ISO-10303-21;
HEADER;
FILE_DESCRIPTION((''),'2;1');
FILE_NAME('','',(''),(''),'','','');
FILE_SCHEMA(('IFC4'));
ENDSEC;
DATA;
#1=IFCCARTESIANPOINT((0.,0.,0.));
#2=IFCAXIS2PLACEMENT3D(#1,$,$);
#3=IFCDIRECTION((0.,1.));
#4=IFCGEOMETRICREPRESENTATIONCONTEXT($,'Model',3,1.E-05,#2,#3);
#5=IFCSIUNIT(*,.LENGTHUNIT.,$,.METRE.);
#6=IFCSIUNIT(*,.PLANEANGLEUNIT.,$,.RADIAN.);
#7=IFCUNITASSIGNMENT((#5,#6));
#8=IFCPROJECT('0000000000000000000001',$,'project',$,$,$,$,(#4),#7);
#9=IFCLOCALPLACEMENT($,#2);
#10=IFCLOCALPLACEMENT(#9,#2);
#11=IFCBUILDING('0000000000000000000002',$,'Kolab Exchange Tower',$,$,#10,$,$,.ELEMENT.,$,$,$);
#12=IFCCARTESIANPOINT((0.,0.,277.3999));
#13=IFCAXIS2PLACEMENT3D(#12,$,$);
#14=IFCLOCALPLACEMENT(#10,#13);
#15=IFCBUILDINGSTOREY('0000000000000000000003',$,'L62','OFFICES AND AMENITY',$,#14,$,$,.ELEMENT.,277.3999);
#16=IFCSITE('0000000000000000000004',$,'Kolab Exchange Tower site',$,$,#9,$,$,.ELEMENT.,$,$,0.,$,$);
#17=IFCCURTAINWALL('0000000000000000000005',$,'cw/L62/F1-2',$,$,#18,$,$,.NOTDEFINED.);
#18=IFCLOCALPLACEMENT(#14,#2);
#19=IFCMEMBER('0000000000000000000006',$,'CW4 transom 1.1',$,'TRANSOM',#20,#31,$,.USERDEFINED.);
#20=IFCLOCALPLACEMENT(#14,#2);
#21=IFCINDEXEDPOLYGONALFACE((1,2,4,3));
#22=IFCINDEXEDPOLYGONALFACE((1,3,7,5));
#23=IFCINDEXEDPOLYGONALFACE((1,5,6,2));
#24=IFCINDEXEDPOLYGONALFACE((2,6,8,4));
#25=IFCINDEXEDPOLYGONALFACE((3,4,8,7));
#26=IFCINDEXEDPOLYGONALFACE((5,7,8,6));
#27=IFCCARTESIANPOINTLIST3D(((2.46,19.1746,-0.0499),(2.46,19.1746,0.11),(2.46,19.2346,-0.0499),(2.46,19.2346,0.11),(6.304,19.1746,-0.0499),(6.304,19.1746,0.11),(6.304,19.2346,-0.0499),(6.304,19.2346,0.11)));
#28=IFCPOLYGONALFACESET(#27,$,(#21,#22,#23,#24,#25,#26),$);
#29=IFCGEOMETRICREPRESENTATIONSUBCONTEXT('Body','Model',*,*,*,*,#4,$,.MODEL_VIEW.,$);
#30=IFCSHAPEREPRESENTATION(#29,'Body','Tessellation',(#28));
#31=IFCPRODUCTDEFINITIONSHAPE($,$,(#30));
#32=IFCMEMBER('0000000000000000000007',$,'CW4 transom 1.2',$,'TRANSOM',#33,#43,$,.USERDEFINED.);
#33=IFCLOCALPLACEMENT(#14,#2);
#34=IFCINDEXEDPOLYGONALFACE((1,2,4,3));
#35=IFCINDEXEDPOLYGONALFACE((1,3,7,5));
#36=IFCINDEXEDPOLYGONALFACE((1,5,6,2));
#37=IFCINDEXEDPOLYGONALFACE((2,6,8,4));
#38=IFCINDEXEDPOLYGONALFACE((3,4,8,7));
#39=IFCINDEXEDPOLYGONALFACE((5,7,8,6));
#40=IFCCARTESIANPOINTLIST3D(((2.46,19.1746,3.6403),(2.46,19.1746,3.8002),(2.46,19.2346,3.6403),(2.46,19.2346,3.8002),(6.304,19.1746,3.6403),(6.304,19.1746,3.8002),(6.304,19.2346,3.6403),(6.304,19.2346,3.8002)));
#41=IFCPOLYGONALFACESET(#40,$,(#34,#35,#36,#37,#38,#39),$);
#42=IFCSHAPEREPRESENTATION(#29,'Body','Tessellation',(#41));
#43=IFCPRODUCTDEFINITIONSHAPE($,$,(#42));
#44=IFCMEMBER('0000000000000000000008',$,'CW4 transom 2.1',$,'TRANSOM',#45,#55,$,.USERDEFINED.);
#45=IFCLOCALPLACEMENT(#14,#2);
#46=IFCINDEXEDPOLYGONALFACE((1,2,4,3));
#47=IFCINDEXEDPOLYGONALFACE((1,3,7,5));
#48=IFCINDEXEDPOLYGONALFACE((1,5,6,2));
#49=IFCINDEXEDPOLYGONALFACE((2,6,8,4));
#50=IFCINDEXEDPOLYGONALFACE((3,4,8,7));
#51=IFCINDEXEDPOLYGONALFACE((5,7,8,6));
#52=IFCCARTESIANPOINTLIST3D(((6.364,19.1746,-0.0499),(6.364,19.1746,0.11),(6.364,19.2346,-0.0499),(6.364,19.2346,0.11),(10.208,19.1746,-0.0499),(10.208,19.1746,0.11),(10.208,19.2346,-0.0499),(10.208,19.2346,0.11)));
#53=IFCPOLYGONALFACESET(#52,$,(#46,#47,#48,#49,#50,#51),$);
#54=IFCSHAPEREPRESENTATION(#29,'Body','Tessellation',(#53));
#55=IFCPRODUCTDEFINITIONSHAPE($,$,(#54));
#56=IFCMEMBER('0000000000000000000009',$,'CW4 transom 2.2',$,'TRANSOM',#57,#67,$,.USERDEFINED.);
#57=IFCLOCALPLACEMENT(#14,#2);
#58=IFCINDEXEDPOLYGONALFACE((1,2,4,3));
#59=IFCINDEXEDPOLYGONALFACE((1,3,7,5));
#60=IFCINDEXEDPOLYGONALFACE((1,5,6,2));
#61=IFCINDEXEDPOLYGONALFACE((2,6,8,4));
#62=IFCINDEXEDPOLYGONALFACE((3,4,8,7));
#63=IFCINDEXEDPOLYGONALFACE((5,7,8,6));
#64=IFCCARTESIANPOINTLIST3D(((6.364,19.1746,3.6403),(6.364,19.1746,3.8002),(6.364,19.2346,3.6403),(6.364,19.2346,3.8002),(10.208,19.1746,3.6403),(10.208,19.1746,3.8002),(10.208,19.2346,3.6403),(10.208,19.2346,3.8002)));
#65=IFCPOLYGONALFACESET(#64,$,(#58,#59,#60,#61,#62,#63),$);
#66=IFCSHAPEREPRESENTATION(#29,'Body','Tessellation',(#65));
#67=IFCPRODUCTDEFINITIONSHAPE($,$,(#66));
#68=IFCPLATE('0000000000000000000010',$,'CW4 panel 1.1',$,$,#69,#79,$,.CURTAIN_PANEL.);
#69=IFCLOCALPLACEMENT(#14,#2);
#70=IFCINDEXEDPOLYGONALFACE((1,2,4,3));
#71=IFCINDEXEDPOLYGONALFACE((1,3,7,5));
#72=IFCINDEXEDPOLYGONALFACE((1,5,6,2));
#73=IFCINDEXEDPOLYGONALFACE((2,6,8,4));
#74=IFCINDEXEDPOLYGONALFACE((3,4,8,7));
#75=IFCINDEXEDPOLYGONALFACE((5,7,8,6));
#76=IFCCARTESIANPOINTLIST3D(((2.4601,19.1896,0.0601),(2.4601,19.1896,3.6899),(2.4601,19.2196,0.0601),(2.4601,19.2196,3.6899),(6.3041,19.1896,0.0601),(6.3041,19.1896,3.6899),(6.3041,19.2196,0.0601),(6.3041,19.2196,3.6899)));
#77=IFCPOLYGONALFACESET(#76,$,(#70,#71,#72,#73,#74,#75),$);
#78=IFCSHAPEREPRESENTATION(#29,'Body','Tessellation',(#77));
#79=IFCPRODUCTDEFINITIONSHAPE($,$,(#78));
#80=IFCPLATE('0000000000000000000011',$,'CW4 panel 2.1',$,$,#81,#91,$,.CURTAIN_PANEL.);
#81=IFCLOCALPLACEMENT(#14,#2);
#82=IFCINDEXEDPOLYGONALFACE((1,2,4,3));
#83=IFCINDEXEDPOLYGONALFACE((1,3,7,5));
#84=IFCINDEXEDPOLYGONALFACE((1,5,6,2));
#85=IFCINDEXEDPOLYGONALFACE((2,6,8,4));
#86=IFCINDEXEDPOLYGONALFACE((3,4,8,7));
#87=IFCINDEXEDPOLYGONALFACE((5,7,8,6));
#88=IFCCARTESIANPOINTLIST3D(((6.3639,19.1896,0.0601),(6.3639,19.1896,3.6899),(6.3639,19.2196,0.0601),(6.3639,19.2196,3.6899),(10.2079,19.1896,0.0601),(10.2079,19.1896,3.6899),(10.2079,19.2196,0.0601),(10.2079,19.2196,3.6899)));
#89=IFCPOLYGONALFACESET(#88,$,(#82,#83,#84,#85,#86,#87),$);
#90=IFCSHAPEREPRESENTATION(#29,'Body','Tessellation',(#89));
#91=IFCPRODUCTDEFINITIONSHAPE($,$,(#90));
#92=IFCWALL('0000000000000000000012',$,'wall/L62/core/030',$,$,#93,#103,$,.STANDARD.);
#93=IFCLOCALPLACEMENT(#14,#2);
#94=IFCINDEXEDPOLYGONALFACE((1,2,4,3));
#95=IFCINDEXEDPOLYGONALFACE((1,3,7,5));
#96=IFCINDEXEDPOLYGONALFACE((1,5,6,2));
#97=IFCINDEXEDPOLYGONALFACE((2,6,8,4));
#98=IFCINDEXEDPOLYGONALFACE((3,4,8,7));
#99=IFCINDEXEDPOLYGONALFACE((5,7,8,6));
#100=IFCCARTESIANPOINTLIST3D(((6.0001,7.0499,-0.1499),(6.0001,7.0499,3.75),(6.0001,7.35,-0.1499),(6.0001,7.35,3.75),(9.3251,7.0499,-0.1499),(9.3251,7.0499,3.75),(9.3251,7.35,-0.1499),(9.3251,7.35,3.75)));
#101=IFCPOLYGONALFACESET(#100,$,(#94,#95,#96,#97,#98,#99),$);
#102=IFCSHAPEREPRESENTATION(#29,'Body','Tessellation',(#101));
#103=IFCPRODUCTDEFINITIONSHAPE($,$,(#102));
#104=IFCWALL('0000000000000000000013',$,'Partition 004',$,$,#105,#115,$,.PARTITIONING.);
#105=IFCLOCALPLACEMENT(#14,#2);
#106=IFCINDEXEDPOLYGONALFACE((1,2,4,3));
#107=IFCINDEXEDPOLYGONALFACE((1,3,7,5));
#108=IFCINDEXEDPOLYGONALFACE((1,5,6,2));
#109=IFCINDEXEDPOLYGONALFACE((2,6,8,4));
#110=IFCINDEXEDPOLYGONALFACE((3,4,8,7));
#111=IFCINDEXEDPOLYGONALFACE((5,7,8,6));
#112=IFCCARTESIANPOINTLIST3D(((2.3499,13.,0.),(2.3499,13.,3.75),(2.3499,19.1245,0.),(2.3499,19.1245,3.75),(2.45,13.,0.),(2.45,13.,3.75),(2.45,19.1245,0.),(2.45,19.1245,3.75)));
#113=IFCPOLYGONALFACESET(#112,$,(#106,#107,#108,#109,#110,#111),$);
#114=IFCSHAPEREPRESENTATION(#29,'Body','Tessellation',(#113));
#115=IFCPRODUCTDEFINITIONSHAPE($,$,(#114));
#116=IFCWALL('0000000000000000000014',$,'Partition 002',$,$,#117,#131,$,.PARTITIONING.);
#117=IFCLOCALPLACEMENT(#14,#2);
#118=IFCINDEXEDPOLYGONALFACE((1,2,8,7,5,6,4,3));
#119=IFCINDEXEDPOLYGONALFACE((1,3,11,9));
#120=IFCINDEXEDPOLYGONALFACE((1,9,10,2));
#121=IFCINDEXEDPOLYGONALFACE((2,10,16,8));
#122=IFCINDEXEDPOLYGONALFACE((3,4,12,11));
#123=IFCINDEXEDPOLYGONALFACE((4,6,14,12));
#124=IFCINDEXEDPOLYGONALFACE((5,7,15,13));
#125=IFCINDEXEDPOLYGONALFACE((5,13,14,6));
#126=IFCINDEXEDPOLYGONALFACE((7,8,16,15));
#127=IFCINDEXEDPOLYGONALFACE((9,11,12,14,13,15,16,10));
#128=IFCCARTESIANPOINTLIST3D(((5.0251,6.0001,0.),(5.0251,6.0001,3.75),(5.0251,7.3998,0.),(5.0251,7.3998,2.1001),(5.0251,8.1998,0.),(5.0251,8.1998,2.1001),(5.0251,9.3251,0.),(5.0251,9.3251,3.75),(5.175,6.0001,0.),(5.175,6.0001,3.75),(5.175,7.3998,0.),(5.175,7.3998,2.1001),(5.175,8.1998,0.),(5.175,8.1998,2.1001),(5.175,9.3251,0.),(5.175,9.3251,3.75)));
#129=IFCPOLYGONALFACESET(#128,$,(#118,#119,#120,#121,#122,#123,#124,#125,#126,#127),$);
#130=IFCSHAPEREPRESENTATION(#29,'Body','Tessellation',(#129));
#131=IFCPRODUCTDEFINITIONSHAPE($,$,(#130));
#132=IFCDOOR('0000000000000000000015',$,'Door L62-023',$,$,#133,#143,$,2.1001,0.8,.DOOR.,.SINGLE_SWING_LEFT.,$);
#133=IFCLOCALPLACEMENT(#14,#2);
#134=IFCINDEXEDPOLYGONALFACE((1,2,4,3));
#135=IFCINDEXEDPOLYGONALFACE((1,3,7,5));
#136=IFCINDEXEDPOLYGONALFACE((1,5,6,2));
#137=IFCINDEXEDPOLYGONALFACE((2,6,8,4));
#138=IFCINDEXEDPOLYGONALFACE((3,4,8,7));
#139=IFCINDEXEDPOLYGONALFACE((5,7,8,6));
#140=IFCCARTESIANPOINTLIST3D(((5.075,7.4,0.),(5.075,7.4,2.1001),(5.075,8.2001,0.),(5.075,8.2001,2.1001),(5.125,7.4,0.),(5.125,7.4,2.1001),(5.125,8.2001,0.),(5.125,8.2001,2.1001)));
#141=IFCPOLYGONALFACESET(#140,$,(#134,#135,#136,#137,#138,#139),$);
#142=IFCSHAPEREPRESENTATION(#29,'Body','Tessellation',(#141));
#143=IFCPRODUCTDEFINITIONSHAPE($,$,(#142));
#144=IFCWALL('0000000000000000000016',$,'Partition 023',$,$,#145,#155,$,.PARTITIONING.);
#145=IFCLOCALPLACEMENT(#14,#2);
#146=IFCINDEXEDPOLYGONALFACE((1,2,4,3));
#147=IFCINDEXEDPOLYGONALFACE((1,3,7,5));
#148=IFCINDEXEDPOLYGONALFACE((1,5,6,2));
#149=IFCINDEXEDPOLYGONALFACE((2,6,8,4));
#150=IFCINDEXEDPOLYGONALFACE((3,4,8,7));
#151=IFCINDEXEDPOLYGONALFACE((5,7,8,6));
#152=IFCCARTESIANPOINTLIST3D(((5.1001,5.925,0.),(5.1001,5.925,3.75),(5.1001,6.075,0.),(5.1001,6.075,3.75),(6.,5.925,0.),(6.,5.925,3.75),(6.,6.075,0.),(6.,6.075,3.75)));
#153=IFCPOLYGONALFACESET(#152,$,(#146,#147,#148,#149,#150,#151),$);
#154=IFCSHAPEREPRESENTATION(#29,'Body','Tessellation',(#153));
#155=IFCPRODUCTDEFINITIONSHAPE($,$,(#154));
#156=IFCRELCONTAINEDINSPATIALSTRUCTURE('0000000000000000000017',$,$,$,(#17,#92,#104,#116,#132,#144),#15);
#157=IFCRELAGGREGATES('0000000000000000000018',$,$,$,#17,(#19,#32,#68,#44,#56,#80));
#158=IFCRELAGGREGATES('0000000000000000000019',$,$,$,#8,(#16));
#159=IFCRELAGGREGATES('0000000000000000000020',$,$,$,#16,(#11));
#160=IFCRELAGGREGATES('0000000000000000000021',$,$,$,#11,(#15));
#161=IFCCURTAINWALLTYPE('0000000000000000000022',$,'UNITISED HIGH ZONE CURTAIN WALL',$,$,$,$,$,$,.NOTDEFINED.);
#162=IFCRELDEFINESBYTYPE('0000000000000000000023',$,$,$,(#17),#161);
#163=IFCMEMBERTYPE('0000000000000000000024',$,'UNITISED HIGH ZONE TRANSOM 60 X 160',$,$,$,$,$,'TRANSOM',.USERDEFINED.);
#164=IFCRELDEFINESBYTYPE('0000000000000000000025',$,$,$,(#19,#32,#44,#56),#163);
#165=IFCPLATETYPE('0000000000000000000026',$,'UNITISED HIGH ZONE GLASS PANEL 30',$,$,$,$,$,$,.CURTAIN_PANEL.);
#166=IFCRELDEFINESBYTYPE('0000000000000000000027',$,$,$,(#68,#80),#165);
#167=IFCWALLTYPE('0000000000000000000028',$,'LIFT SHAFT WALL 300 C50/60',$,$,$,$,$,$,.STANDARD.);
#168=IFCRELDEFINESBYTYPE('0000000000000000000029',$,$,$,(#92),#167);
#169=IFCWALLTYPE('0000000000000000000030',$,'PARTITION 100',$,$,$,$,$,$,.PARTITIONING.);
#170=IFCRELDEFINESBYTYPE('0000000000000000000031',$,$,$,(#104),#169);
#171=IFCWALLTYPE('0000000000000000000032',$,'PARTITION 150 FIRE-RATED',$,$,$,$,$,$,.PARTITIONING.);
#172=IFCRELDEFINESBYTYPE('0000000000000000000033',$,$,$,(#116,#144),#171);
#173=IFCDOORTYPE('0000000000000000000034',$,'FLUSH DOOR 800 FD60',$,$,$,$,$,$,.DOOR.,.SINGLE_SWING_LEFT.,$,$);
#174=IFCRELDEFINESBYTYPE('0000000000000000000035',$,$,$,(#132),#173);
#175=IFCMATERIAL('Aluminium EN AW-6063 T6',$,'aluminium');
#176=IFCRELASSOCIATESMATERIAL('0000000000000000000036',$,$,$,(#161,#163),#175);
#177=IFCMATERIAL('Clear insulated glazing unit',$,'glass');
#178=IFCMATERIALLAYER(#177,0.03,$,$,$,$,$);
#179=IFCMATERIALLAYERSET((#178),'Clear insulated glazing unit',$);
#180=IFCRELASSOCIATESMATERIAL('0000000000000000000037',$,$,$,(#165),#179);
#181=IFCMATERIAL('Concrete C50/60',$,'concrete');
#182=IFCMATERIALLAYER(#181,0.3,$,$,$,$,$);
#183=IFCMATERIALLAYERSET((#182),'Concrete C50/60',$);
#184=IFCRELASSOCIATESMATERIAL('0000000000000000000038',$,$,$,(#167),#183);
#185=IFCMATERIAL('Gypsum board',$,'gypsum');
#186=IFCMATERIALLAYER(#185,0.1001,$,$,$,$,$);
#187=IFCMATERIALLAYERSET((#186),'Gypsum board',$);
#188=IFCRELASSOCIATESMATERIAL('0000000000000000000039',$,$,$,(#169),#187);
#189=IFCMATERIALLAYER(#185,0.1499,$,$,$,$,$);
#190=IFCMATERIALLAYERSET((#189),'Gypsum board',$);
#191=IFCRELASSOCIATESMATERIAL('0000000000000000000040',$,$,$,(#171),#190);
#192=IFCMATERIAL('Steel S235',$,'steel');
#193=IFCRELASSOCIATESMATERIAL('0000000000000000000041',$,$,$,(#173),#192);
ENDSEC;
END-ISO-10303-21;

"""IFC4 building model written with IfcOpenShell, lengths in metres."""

from ifc_helpers import new_model, si_unit, direction, frame, frame_2d, origin, origin_2d, place, context, subcontext, project, spatial, rectangle, extrude, material, layer, layer_set, material_profile, profile_set, type_object, element, fill, aggregate, save


model = new_model("IFC4")

# Units and contexts
model_context = context("Model", 3, precision=1e-05, world=origin(), true_north=direction((0.0, 1.0)))
body_context = subcontext(model_context, "Body", "Model", "MODEL_VIEW")
ifc_project = project(units=[si_unit("LENGTHUNIT", "METRE"), si_unit("PLANEANGLEUNIT", "RADIAN")], contexts=[model_context])

# Site, building, storey
site_placement = place(None, origin())
site = spatial("IfcSite", under=ifc_project, at=site_placement, Name="Kolab Exchange Tower site", CompositionType="ELEMENT", RefElevation=0.0)
building_placement = place(site_placement, origin())
building = spatial("IfcBuilding", under=site, at=building_placement, Name="Kolab Exchange Tower", CompositionType="ELEMENT")
storey_placement = place(building_placement, frame((0.0, 0.0, 277.3999)))
storey = spatial("IfcBuildingStorey", under=building, at=storey_placement, Name="L62", Description="OFFICES AND AMENITY", CompositionType="ELEMENT", Elevation=277.3999)

# Shared definitions
ifc_material_1 = material(Name="Concrete C50/60", Category="concrete")

# Curtain wall
ifc_material_2 = material(Name="Aluminium EN AW-6063 T6", Category="aluminium")
curtain_wall_type = type_object("IfcCurtainWallType", Name="UNITISED HIGH ZONE CURTAIN WALL", PredefinedType="NOTDEFINED", material=ifc_material_2)
curtain_wall_1_placement = place(storey_placement, origin())
curtain_wall_1 = element("IfcCurtainWall", 1, at=curtain_wall_1_placement, inside=storey, type_object=curtain_wall_type, Name="cw/L62/F1-2", PredefinedType="NOTDEFINED")

# Members
ifc_material_profile_1 = material_profile(ifc_material_2, rectangle(XDim=0.0601, YDim=0.1599, at=origin_2d()), Name="RECT 60X160")
ifc_profile_set_1 = profile_set([ifc_material_profile_1], Name="Aluminium EN AW-6063 T6")
member_type_1 = type_object("IfcMemberType", Name="UNITISED HIGH ZONE TRANSOM 60 X 160", ElementType="TRANSOM", PredefinedType="USERDEFINED", material=ifc_profile_set_1)
member_1_placement = place(storey_placement, frame((2.46, 19.2046, 0.03), z_axis=(1.0, 0.0, 0.0), x_axis=(0.0, 1.0, 0.0)))
member_1 = element("IfcMember", 2, at=member_1_placement, type_object=member_type_1, Name="CW4 transom 1.1", ObjectType="TRANSOM", PredefinedType="USERDEFINED", context=body_context, shape_type="SweptSolid", body=[
    extrude(rectangle(XDim=0.0601, YDim=0.1599, at=origin_2d()), origin(), (0.0, 0.0, 1.0), 3.844),
])
member_2_placement = place(storey_placement, frame((2.46, 19.2046, 3.7202), z_axis=(1.0, 0.0, 0.0), x_axis=(0.0, 1.0, 0.0)))
member_2 = element("IfcMember", 3, at=member_2_placement, type_object=member_type_1, Name="CW4 transom 1.2", ObjectType="TRANSOM", PredefinedType="USERDEFINED", context=body_context, shape_type="SweptSolid", body=[
    extrude(rectangle(XDim=0.0601, YDim=0.1599, at=origin_2d()), origin(), (0.0, 0.0, 1.0), 3.844),
])
member_3_placement = place(storey_placement, frame((6.364, 19.2046, 0.03), z_axis=(1.0, 0.0, 0.0), x_axis=(0.0, 1.0, 0.0)))
member_3 = element("IfcMember", 4, at=member_3_placement, type_object=member_type_1, Name="CW4 transom 2.1", ObjectType="TRANSOM", PredefinedType="USERDEFINED", context=body_context, shape_type="SweptSolid", body=[
    extrude(rectangle(XDim=0.0601, YDim=0.1599, at=origin_2d()), origin(), (0.0, 0.0, 1.0), 3.844),
])
member_4_placement = place(storey_placement, frame((6.364, 19.2046, 3.7202), z_axis=(1.0, 0.0, 0.0), x_axis=(0.0, 1.0, 0.0)))
member_4 = element("IfcMember", 5, at=member_4_placement, type_object=member_type_1, Name="CW4 transom 2.2", ObjectType="TRANSOM", PredefinedType="USERDEFINED", context=body_context, shape_type="SweptSolid", body=[
    extrude(rectangle(XDim=0.0601, YDim=0.1599, at=origin_2d()), origin(), (0.0, 0.0, 1.0), 3.844),
])

# Plates
ifc_material_3 = material(Name="Clear insulated glazing unit", Category="glass")
ifc_layer_1 = layer(ifc_material_3, 0.03)
ifc_layer_set_1 = layer_set([ifc_layer_1], Name="Clear insulated glazing unit")
plate_type = type_object("IfcPlateType", Name="UNITISED HIGH ZONE GLASS PANEL 30", PredefinedType="CURTAIN_PANEL", material=ifc_layer_set_1)
plate_1_placement = place(storey_placement, frame((4.3821, 19.2046, 0.0601), z_axis=(0.0, 0.0, 1.0), x_axis=(1.0, 0.0, 0.0)))
plate_1 = element("IfcPlate", 6, at=plate_1_placement, type_object=plate_type, Name="CW4 panel 1.1", PredefinedType="CURTAIN_PANEL", context=body_context, shape_type="SweptSolid", body=[
    extrude(rectangle(XDim=3.844, YDim=0.03, at=origin_2d()), origin(), (0.0, 0.0, 1.0), 3.6299),
])
plate_2_placement = place(storey_placement, frame((8.2859, 19.2046, 0.0601), z_axis=(0.0, 0.0, 1.0), x_axis=(1.0, 0.0, 0.0)))
plate_2 = element("IfcPlate", 7, at=plate_2_placement, type_object=plate_type, Name="CW4 panel 2.1", PredefinedType="CURTAIN_PANEL", context=body_context, shape_type="SweptSolid", body=[
    extrude(rectangle(XDim=3.844, YDim=0.03, at=origin_2d()), origin(), (0.0, 0.0, 1.0), 3.6299),
])
aggregate(curtain_wall_1, [member_1, member_2, plate_1, member_3, member_4, plate_2])

# Walls
ifc_layer_2 = layer(ifc_material_1, 0.3)
ifc_layer_set_2 = layer_set([ifc_layer_2], Name="Concrete C50/60")
wall_type_1 = type_object("IfcWallType", Name="LIFT SHAFT WALL 300 C50/60", PredefinedType="STANDARD", material=ifc_layer_set_2)
wall_1_placement = place(storey_placement, frame((6.0, 7.2, -0.1499), z_axis=(0.0, 0.0, 1.0), x_axis=(1.0, 0.0, 0.0)))
element("IfcWall", 8, at=wall_1_placement, inside=storey, type_object=wall_type_1, Name="wall/L62/core/030", PredefinedType="STANDARD", context=body_context, shape_type="SweptSolid", body=[
    extrude(rectangle(XDim=3.325, YDim=0.3, at=frame_2d((1.6626, 0.0))), origin(), (0.0, 0.0, 1.0), 3.8999),
])
ifc_material_4 = material(Name="Gypsum board", Category="gypsum")
ifc_layer_3 = layer(ifc_material_4, 0.1001)
ifc_layer_set_3 = layer_set([ifc_layer_3], Name="Gypsum board")
wall_type_2 = type_object("IfcWallType", Name="PARTITION 100", PredefinedType="PARTITIONING", material=ifc_layer_set_3)
wall_2_placement = place(storey_placement, frame((2.3999, 13.0, 0.0), z_axis=(0.0, 0.0, 1.0), x_axis=(0.0, 1.0, 0.0)))
element("IfcWall", 9, at=wall_2_placement, inside=storey, type_object=wall_type_2, Name="Partition 004", PredefinedType="PARTITIONING", context=body_context, shape_type="SweptSolid", body=[
    extrude(rectangle(XDim=6.1245, YDim=0.1001, at=frame_2d((3.0623, 0.0))), origin(), (0.0, 0.0, 1.0), 3.75),
])

# Wall, opening, door
ifc_layer_4 = layer(ifc_material_4, 0.1499)
ifc_layer_set_4 = layer_set([ifc_layer_4], Name="Gypsum board")
wall_type_3 = type_object("IfcWallType", Name="PARTITION 150 FIRE-RATED", PredefinedType="PARTITIONING", material=ifc_layer_set_4)
wall_3_placement = place(storey_placement, frame((5.1001, 6.0, 0.0), z_axis=(0.0, 0.0, 1.0), x_axis=(0.0, 1.0, 0.0)))
wall_3 = element("IfcWall", 10, at=wall_3_placement, inside=storey, type_object=wall_type_3, Name="Partition 002", PredefinedType="PARTITIONING", context=body_context, shape_type="SweptSolid", body=[
    extrude(rectangle(XDim=3.325, YDim=0.1499, at=frame_2d((1.6626, 0.0))), origin(), (0.0, 0.0, 1.0), 3.75),
])
opening_1_placement = place(wall_3_placement, frame((1.3999, 0.0, 0.0)))
opening_1 = element("IfcOpeningElement", 11, at=opening_1_placement, cuts=wall_3, PredefinedType="OPENING", context=body_context, shape_type="SweptSolid", body=[
    extrude(rectangle(XDim=0.8, YDim=2.1001, at=frame_2d((0.3999, 1.05))), frame((0.0, 0.085, 0.0), z_axis=(0.0, -1.0, 0.0), x_axis=(1.0, 0.0, 0.0)), (0.0, 0.0, 1.0), 0.1699),
])
ifc_material_5 = material(Name="Steel S235", Category="steel")
door_type_1 = type_object("IfcDoorType", Name="FLUSH DOOR 800 FD60", OperationType="SINGLE_SWING_LEFT", PredefinedType="DOOR", material=ifc_material_5)
door_1_placement = place(opening_1_placement, frame((0.8, 0.0, 0.0), z_axis=(0.0, 0.0, 1.0), x_axis=(-1.0, 0.0, 0.0)))
door_1 = element("IfcDoor", 12, at=door_1_placement, inside=storey, type_object=door_type_1, Name="Door L62-023", OperationType="SINGLE_SWING_LEFT", OverallHeight=2.1001, OverallWidth=0.8, PredefinedType="DOOR", context=body_context, shape_type="SweptSolid", body=[
    extrude(rectangle(XDim=0.8, YDim=2.1001, at=frame_2d((0.3999, 1.05))), frame((0.0, 0.0249, 0.0), z_axis=(0.0, -1.0, 0.0), x_axis=(1.0, 0.0, 0.0)), (0.0, 0.0, 1.0), 0.05),
])
fill(opening_1, door_1)

# Wall
wall_4_placement = place(storey_placement, frame((5.1001, 6.0, 0.0), z_axis=(0.0, 0.0, 1.0), x_axis=(1.0, 0.0, 0.0)))
element("IfcWall", 13, at=wall_4_placement, inside=storey, type_object=wall_type_3, Name="Partition 023", PredefinedType="PARTITIONING", context=body_context, shape_type="SweptSolid", body=[
    extrude(rectangle(XDim=0.8999, YDim=0.1499, at=frame_2d((0.45, 0.0))), origin(), (0.0, 0.0, 1.0), 3.75),
])

save(model, "model.ifc")
